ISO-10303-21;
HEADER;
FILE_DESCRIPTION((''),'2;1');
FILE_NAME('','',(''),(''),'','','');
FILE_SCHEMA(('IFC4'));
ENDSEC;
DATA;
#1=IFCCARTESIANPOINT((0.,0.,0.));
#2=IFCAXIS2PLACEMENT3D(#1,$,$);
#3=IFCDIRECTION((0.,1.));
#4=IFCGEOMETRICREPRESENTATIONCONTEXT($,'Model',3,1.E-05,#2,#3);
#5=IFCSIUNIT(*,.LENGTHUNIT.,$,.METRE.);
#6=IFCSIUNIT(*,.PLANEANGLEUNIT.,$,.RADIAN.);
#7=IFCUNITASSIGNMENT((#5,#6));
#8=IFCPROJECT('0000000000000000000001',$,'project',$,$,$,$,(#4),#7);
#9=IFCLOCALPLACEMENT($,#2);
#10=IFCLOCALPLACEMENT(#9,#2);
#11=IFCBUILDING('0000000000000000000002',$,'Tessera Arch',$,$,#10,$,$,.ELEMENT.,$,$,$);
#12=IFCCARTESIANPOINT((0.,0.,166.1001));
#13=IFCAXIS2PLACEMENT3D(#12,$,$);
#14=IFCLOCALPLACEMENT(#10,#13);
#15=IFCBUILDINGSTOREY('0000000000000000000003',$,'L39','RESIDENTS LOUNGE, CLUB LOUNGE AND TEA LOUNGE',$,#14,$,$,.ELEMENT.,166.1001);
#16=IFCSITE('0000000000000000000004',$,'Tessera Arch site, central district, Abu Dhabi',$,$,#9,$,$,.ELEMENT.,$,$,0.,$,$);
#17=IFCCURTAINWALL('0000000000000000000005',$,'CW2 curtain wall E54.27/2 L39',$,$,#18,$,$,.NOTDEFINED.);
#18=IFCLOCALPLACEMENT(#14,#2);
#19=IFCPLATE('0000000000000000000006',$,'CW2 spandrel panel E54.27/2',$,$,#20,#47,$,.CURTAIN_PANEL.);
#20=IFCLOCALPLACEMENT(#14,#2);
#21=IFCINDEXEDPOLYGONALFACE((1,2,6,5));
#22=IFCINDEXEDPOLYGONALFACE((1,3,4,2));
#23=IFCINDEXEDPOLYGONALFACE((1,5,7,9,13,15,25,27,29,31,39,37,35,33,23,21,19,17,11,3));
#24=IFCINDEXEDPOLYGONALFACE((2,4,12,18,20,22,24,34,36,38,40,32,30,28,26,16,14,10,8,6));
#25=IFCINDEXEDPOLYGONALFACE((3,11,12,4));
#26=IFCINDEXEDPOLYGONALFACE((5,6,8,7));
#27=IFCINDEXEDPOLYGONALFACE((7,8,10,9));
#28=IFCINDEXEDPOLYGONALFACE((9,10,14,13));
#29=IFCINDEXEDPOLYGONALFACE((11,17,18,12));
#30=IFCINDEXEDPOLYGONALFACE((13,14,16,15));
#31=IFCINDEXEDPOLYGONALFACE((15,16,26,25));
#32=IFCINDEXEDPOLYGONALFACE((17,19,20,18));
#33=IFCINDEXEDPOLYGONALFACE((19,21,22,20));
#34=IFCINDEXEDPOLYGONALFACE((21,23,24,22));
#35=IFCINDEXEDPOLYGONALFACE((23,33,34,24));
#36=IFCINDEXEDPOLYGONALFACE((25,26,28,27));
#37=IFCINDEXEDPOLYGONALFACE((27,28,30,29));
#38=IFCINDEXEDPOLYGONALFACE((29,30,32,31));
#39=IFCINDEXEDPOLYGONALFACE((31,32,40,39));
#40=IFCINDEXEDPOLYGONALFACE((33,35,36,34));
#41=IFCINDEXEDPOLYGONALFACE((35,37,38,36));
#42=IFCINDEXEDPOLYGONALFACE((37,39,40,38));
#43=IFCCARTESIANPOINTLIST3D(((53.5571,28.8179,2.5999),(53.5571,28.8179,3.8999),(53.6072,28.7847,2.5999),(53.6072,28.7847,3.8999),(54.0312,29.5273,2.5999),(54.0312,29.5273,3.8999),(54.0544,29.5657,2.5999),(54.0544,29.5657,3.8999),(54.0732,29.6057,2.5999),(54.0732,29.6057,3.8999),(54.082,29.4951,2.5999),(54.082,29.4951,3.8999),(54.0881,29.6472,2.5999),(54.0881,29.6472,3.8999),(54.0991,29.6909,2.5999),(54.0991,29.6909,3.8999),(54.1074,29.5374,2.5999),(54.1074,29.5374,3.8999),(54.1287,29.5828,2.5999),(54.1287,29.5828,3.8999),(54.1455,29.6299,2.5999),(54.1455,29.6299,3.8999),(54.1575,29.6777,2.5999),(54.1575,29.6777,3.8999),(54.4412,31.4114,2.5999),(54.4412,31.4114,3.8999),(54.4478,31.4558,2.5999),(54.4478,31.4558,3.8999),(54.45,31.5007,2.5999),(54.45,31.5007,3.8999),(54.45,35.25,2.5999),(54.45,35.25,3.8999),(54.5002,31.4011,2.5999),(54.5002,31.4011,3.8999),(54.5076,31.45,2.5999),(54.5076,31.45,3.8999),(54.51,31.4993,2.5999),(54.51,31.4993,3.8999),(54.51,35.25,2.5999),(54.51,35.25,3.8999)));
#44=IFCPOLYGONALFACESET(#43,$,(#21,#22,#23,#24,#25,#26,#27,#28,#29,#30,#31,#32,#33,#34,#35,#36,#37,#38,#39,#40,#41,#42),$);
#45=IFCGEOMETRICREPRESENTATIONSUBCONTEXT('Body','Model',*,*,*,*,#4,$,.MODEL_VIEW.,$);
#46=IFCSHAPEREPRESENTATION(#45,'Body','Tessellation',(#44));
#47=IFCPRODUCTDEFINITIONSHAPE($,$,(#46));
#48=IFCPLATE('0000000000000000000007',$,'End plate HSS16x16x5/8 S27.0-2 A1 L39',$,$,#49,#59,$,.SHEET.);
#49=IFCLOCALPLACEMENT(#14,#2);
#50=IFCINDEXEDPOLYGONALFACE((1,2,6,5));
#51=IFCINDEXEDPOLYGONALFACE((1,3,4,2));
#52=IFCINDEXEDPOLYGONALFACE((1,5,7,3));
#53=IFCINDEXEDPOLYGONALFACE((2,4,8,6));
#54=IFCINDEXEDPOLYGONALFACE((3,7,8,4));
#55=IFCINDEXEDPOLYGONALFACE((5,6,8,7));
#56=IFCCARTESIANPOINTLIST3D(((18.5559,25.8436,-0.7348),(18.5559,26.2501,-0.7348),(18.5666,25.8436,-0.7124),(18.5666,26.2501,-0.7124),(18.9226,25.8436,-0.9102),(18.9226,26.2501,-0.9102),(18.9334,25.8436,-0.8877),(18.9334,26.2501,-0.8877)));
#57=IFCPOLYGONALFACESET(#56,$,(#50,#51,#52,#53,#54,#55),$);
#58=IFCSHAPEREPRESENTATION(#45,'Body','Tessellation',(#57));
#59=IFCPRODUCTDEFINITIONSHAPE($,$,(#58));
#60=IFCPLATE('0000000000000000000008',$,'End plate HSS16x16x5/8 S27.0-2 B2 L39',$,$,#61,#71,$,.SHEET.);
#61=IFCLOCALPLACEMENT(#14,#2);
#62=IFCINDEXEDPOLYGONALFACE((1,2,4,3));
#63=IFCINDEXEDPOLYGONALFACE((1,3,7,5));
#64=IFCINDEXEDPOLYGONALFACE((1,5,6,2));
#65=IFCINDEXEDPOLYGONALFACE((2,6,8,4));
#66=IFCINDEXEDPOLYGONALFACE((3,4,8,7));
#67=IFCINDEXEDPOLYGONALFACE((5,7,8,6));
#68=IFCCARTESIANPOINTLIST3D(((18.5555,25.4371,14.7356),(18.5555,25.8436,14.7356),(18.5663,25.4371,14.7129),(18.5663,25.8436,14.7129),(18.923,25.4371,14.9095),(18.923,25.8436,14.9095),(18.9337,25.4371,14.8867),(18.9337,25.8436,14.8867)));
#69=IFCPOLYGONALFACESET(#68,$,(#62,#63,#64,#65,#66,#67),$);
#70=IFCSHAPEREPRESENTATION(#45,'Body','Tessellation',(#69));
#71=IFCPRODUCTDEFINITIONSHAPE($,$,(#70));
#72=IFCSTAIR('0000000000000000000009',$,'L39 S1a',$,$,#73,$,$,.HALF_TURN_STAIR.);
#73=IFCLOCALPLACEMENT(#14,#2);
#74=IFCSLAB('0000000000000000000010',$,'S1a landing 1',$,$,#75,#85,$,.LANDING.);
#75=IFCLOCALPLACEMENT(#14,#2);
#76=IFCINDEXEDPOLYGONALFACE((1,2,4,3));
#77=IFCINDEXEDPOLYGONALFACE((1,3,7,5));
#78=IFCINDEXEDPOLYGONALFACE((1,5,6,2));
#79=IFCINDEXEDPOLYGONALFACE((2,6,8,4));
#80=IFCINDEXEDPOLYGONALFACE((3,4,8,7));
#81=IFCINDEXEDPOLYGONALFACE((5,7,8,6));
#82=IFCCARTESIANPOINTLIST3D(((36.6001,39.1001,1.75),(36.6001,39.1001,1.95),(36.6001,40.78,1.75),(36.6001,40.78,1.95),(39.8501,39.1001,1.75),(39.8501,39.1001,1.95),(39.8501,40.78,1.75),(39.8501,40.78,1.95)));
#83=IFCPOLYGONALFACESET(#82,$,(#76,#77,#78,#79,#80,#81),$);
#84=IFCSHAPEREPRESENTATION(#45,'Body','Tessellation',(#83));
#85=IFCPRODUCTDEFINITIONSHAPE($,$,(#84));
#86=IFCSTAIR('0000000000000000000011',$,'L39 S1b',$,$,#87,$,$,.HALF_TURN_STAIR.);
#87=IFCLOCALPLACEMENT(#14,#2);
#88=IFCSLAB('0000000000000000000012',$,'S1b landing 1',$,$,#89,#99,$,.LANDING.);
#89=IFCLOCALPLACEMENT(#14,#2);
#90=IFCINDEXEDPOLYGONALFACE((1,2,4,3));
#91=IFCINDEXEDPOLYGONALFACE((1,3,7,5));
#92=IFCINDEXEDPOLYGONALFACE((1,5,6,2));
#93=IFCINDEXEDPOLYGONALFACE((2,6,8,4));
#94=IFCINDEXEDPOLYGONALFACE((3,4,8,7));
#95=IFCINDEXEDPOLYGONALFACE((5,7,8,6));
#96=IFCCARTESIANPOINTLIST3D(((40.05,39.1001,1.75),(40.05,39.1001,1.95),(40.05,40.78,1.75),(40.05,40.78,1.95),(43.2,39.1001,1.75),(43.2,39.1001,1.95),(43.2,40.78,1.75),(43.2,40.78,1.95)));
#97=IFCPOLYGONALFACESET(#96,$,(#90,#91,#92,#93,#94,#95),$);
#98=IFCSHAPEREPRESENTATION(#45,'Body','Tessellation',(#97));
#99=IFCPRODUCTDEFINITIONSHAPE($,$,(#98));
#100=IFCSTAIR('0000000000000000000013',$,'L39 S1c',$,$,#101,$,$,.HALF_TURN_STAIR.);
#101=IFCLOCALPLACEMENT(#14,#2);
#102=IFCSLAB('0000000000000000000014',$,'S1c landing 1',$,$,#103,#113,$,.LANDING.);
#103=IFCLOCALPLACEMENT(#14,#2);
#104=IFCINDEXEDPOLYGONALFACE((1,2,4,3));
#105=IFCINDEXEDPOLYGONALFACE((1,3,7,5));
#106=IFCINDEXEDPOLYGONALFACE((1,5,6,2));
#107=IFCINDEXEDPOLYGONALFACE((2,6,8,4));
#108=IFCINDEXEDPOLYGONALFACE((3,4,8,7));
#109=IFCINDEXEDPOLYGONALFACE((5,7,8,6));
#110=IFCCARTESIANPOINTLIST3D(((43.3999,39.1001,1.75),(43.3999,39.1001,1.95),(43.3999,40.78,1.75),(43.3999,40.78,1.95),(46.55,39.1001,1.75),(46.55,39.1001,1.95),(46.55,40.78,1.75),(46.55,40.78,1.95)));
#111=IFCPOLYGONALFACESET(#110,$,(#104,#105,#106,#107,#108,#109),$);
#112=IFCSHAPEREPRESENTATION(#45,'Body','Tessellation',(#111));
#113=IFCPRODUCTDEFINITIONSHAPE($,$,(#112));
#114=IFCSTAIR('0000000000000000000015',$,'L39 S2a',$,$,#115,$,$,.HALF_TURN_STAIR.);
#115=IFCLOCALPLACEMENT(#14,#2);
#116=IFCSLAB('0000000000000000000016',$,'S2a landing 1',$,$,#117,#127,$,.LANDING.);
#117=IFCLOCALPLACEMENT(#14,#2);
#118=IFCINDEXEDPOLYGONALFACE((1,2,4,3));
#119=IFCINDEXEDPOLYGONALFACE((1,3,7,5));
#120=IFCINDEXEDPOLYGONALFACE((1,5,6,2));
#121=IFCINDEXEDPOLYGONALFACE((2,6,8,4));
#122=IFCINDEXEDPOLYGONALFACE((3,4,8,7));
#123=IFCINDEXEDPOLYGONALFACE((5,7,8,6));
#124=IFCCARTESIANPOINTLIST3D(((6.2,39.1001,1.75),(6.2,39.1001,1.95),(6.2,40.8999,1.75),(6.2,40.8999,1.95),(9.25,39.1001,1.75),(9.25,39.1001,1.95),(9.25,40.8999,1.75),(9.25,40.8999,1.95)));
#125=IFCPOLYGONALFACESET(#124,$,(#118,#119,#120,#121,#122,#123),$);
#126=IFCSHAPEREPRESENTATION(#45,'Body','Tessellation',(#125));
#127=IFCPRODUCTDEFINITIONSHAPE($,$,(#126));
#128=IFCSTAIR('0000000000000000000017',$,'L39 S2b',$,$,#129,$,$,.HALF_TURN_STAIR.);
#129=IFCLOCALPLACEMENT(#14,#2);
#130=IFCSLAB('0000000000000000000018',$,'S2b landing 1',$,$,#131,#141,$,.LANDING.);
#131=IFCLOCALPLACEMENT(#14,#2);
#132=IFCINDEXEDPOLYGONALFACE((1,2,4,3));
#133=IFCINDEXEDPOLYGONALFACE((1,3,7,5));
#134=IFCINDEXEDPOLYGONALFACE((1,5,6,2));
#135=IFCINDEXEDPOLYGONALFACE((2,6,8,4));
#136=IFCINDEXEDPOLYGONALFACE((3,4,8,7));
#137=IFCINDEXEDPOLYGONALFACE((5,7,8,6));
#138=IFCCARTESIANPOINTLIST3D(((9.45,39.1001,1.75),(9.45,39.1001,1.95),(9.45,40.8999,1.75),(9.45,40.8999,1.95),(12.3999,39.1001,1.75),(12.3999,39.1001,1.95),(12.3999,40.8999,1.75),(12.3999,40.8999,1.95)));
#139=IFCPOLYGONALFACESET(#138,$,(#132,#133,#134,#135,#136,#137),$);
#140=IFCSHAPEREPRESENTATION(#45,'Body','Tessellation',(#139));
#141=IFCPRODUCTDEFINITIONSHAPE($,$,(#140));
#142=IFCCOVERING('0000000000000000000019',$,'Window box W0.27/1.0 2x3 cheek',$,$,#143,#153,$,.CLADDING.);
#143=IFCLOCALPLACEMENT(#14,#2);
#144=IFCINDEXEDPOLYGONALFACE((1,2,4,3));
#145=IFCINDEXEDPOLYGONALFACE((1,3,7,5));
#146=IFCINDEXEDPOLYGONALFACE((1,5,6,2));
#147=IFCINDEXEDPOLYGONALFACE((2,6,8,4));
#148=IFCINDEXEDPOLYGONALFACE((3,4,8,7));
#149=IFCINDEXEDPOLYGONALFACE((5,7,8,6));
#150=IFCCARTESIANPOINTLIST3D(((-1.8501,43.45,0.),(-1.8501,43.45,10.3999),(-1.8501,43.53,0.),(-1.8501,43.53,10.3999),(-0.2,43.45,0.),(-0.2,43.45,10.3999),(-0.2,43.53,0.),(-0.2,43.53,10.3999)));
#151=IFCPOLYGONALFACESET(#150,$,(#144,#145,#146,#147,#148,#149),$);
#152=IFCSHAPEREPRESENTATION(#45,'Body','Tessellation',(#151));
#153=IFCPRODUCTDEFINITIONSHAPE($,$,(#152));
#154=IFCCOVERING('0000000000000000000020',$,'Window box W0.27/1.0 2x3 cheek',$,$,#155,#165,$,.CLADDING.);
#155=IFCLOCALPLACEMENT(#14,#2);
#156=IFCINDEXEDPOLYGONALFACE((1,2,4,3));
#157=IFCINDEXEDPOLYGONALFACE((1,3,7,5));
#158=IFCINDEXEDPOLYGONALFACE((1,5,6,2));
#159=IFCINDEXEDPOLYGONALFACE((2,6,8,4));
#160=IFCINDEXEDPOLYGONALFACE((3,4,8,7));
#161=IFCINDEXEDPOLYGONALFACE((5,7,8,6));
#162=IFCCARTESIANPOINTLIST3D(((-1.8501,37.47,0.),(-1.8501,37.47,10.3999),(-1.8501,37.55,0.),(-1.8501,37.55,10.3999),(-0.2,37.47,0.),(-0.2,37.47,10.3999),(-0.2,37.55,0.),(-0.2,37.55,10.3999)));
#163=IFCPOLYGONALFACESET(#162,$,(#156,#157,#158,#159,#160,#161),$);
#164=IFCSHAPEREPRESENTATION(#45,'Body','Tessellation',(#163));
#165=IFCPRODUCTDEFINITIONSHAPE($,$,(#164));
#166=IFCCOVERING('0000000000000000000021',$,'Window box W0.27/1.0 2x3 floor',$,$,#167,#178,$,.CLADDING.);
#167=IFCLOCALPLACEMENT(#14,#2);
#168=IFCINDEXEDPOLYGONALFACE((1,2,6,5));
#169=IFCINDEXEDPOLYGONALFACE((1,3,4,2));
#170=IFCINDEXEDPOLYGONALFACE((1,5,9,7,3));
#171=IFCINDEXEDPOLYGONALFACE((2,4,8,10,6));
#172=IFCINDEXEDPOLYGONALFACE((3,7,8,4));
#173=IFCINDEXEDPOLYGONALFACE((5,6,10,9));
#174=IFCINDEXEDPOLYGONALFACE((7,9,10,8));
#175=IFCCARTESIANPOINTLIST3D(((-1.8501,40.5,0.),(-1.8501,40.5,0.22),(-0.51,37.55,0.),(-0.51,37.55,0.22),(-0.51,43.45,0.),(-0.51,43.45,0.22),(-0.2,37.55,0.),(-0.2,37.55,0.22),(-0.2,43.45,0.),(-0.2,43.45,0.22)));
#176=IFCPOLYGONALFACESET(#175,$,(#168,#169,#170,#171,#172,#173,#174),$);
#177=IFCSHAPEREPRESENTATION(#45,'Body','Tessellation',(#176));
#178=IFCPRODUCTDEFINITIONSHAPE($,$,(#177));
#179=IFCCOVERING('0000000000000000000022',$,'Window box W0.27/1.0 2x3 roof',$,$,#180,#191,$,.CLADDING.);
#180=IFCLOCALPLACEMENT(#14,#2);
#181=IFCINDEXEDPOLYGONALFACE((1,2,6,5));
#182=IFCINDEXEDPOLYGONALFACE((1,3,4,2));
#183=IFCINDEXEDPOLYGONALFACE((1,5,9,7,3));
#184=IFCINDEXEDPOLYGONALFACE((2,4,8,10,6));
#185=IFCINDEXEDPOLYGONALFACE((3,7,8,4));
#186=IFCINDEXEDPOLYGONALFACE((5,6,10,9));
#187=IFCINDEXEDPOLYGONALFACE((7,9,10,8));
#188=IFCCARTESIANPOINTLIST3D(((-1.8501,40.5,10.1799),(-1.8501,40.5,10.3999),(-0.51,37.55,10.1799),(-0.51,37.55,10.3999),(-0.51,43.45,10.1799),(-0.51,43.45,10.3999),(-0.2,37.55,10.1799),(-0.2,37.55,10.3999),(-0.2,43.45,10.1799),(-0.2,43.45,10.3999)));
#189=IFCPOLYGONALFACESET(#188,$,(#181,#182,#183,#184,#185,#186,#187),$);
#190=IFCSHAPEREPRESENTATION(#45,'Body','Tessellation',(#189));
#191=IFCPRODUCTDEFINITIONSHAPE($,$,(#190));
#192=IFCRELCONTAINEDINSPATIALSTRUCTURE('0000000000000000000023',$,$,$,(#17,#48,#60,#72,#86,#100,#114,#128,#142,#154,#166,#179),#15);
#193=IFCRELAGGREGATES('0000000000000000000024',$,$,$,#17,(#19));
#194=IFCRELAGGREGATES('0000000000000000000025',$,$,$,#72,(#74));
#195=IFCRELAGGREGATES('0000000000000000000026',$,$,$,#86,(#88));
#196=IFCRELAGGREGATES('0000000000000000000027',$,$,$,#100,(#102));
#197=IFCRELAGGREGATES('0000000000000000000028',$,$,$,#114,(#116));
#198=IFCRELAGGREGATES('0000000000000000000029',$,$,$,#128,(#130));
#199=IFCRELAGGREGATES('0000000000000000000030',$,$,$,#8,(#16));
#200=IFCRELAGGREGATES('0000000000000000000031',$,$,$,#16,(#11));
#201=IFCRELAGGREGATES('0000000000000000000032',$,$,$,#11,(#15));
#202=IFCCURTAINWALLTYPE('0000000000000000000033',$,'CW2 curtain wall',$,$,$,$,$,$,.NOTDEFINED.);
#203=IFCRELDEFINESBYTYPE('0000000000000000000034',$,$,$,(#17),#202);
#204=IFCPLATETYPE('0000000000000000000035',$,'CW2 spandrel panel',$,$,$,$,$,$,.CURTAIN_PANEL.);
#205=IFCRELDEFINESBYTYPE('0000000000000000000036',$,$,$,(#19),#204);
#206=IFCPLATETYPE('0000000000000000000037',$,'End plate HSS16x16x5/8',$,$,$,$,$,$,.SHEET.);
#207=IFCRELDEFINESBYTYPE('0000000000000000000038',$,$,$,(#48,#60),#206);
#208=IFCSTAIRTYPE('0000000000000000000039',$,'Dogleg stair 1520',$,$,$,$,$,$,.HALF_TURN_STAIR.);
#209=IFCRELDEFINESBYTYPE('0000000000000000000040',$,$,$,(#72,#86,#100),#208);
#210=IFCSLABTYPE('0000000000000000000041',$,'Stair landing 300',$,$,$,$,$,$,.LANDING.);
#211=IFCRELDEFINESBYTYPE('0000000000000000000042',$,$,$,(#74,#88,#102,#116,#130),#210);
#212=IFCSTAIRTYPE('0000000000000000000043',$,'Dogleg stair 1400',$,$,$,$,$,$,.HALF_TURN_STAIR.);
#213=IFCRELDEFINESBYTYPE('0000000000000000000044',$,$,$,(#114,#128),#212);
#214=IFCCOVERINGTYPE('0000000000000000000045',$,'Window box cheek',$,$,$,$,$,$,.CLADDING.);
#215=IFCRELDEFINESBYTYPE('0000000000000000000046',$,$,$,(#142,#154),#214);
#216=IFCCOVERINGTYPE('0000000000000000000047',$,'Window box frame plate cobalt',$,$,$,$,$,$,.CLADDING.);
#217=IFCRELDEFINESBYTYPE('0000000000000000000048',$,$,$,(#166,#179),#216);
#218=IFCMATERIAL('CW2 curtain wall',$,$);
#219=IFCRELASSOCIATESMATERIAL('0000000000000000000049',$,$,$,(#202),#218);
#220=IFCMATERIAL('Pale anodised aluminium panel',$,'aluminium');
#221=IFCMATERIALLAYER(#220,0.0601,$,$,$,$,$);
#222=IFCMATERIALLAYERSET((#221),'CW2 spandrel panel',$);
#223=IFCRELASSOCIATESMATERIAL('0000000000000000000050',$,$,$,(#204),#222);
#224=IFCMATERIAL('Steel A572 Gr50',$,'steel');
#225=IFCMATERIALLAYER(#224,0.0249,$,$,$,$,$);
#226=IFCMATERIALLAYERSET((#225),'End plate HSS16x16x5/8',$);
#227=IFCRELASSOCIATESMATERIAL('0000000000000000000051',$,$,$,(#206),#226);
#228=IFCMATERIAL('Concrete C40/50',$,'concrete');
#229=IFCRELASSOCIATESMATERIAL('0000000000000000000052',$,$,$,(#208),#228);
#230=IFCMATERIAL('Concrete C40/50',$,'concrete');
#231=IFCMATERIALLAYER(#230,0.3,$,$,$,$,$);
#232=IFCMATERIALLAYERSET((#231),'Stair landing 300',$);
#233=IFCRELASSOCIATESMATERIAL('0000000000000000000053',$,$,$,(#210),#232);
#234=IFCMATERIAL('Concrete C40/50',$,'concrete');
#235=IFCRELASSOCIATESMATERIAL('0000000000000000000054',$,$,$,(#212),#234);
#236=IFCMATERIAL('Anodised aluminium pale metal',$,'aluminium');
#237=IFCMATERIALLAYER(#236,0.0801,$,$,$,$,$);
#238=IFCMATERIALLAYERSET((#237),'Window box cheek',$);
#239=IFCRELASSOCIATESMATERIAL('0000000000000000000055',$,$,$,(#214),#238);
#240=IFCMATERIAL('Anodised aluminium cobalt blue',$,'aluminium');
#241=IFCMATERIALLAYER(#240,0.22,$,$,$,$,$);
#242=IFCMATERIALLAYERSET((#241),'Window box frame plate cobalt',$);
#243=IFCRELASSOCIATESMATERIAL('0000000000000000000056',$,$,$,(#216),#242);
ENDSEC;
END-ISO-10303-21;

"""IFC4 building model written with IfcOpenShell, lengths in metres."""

from ifc_helpers import new_model, si_unit, direction, frame, origin, origin_2d, place, context, subcontext, project, spatial, polyline, rectangle, outline, extrude, material, layer, layer_set, type_object, element, aggregate, save


model = new_model("IFC4")

# Units and contexts
model_context = context("Model", 3, precision=1e-05, world=origin(), true_north=direction((0.0, 1.0)))
body_context = subcontext(model_context, "Body", "Model", "MODEL_VIEW")
ifc_project = project(units=[si_unit("LENGTHUNIT", "METRE"), si_unit("PLANEANGLEUNIT", "RADIAN")], contexts=[model_context])

# Site, building, storey
site_placement = place(None, origin())
site = spatial("IfcSite", under=ifc_project, at=site_placement, Name="Tessera Arch site, central district, Abu Dhabi", CompositionType="ELEMENT", RefElevation=0.0)
building_placement = place(site_placement, origin())
building = spatial("IfcBuilding", under=site, at=building_placement, Name="Tessera Arch", CompositionType="ELEMENT")
storey_placement = place(building_placement, frame((0.0, 0.0, 166.1001)))
storey = spatial("IfcBuildingStorey", under=building, at=storey_placement, Name="L39", Description="RESIDENTS LOUNGE, CLUB LOUNGE AND TEA LOUNGE", CompositionType="ELEMENT", Elevation=166.1001)

# Curtain wall
ifc_material_1 = material(Name="CW2 curtain wall")
curtain_wall_type_1 = type_object("IfcCurtainWallType", Name="CW2 curtain wall", PredefinedType="NOTDEFINED", material=ifc_material_1)
curtain_wall_1_placement = place(storey_placement, origin())
curtain_wall_1 = element("IfcCurtainWall", 1, at=curtain_wall_1_placement, inside=storey, type_object=curtain_wall_type_1, Name="CW2 curtain wall E54.27/2 L39", PredefinedType="NOTDEFINED")

# Plate
ifc_material_2 = material(Name="Pale anodised aluminium panel", Category="aluminium")
ifc_layer_1 = layer(ifc_material_2, 0.0601)
ifc_layer_set_1 = layer_set([ifc_layer_1], Name="CW2 spandrel panel")
plate_type_1 = type_object("IfcPlateType", Name="CW2 spandrel panel", PredefinedType="CURTAIN_PANEL", material=ifc_layer_set_1)
plate_1_placement = place(storey_placement, frame((0.0, 0.0, 2.5999)))
plate_1 = element("IfcPlate", 2, at=plate_1_placement, type_object=plate_type_1, Name="CW2 spandrel panel E54.27/2", PredefinedType="CURTAIN_PANEL", context=body_context, shape_type="SweptSolid", body=[
    extrude(outline(polyline([(54.0312, 29.5273), (53.5571, 28.8179), (53.6072, 28.7847), (54.082, 29.4951), (54.1074, 29.5374), (54.1287, 29.5828), (54.1455, 29.6299), (54.1575, 29.6777), (54.5002, 31.4011), (54.5076, 31.45), (54.51, 31.4993), (54.51, 35.25), (54.45, 35.25), (54.45, 31.5007), (54.4478, 31.4558), (54.4412, 31.4114), (54.0991, 29.6909), (54.0881, 29.6472), (54.0732, 29.6057), (54.0544, 29.5657), (54.0312, 29.5273)])), origin(), (0.0, 0.0, 1.0), 1.3),
])
aggregate(curtain_wall_1, [plate_1])

# Plates
ifc_material_3 = material(Name="Steel A572 Gr50", Category="steel")
ifc_layer_2 = layer(ifc_material_3, 0.0249)
ifc_layer_set_2 = layer_set([ifc_layer_2], Name="End plate HSS16x16x5/8")
plate_type_2 = type_object("IfcPlateType", Name="End plate HSS16x16x5/8", PredefinedType="SHEET", material=ifc_layer_set_2)
plate_2_placement = place(storey_placement, frame((18.7393, 26.0469, -0.8225), z_axis=(0.431455, 0.0, 0.902134), x_axis=(0.0, 1.0, 0.0)))
element("IfcPlate", 3, at=plate_2_placement, inside=storey, type_object=plate_type_2, Name="End plate HSS16x16x5/8 S27.0-2 A1 L39", PredefinedType="SHEET", context=body_context, shape_type="SweptSolid", body=[
    extrude(rectangle(XDim=0.4065, YDim=0.4065, at=origin_2d()), origin(), (0.0, 0.0, 1.0), 0.0249),
])
plate_3_placement = place(storey_placement, frame((18.75, 25.6404, 14.7998), z_axis=(-0.427668, 0.0, 0.903936), x_axis=(0.0, -1.0, 0.0)))
element("IfcPlate", 4, at=plate_3_placement, inside=storey, type_object=plate_type_2, Name="End plate HSS16x16x5/8 S27.0-2 B2 L39", PredefinedType="SHEET", context=body_context, shape_type="SweptSolid", body=[
    extrude(rectangle(XDim=0.4065, YDim=0.4065, at=origin_2d()), origin(), (0.0, 0.0, 1.0), 0.0251),
])

# Stairs, slabs
ifc_material_4 = material(Name="Concrete C40/50", Category="concrete")
stair_type_1 = type_object("IfcStairType", Name="Dogleg stair 1520", PredefinedType="HALF_TURN_STAIR", material=ifc_material_4)
stair_1_placement = place(storey_placement, origin())
stair_1 = element("IfcStair", 5, at=stair_1_placement, inside=storey, type_object=stair_type_1, Name="L39 S1a", PredefinedType="HALF_TURN_STAIR")
ifc_material_5 = material(Name="Concrete C40/50", Category="concrete")
ifc_layer_3 = layer(ifc_material_5, 0.3)
ifc_layer_set_3 = layer_set([ifc_layer_3], Name="Stair landing 300")
slab_type_1 = type_object("IfcSlabType", Name="Stair landing 300", PredefinedType="LANDING", material=ifc_layer_set_3)
slab_1_placement = place(storey_placement, frame((0.0, 0.0, 1.75)))
slab_1 = element("IfcSlab", 6, at=slab_1_placement, type_object=slab_type_1, Name="S1a landing 1", PredefinedType="LANDING", context=body_context, shape_type="SweptSolid", body=[
    extrude(outline(polyline([(36.6001, 40.78), (36.6001, 39.1001), (39.8501, 39.1001), (39.8501, 40.78), (36.6001, 40.78)])), origin(), (0.0, 0.0, 1.0), 0.2),
])
aggregate(stair_1, [slab_1])
stair_2_placement = place(storey_placement, origin())
stair_2 = element("IfcStair", 7, at=stair_2_placement, inside=storey, type_object=stair_type_1, Name="L39 S1b", PredefinedType="HALF_TURN_STAIR")
slab_2_placement = place(storey_placement, frame((0.0, 0.0, 1.75)))
slab_2 = element("IfcSlab", 8, at=slab_2_placement, type_object=slab_type_1, Name="S1b landing 1", PredefinedType="LANDING", context=body_context, shape_type="SweptSolid", body=[
    extrude(outline(polyline([(40.05, 40.78), (40.05, 39.1001), (43.2, 39.1001), (43.2, 40.78), (40.05, 40.78)])), origin(), (0.0, 0.0, 1.0), 0.2),
])
aggregate(stair_2, [slab_2])
stair_3_placement = place(storey_placement, origin())
stair_3 = element("IfcStair", 9, at=stair_3_placement, inside=storey, type_object=stair_type_1, Name="L39 S1c", PredefinedType="HALF_TURN_STAIR")
slab_3_placement = place(storey_placement, frame((0.0, 0.0, 1.75)))
slab_3 = element("IfcSlab", 10, at=slab_3_placement, type_object=slab_type_1, Name="S1c landing 1", PredefinedType="LANDING", context=body_context, shape_type="SweptSolid", body=[
    extrude(outline(polyline([(43.3999, 40.78), (43.3999, 39.1001), (46.55, 39.1001), (46.55, 40.78), (43.3999, 40.78)])), origin(), (0.0, 0.0, 1.0), 0.2),
])
aggregate(stair_3, [slab_3])
ifc_material_6 = material(Name="Concrete C40/50", Category="concrete")
stair_type_2 = type_object("IfcStairType", Name="Dogleg stair 1400", PredefinedType="HALF_TURN_STAIR", material=ifc_material_6)
stair_4_placement = place(storey_placement, origin())
stair_4 = element("IfcStair", 11, at=stair_4_placement, inside=storey, type_object=stair_type_2, Name="L39 S2a", PredefinedType="HALF_TURN_STAIR")
slab_4_placement = place(storey_placement, frame((0.0, 0.0, 1.75)))
slab_4 = element("IfcSlab", 12, at=slab_4_placement, type_object=slab_type_1, Name="S2a landing 1", PredefinedType="LANDING", context=body_context, shape_type="SweptSolid", body=[
    extrude(outline(polyline([(6.2, 40.8999), (6.2, 39.1001), (9.25, 39.1001), (9.25, 40.8999), (6.2, 40.8999)])), origin(), (0.0, 0.0, 1.0), 0.2),
])
aggregate(stair_4, [slab_4])
stair_5_placement = place(storey_placement, origin())
stair_5 = element("IfcStair", 13, at=stair_5_placement, inside=storey, type_object=stair_type_2, Name="L39 S2b", PredefinedType="HALF_TURN_STAIR")
slab_5_placement = place(storey_placement, frame((0.0, 0.0, 1.75)))
slab_5 = element("IfcSlab", 14, at=slab_5_placement, type_object=slab_type_1, Name="S2b landing 1", PredefinedType="LANDING", context=body_context, shape_type="SweptSolid", body=[
    extrude(outline(polyline([(9.45, 40.8999), (9.45, 39.1001), (12.3999, 39.1001), (12.3999, 40.8999), (9.45, 40.8999)])), origin(), (0.0, 0.0, 1.0), 0.2),
])
aggregate(stair_5, [slab_5])

# Coverings
ifc_material_7 = material(Name="Anodised aluminium pale metal", Category="aluminium")
ifc_layer_4 = layer(ifc_material_7, 0.0801)
ifc_layer_set_4 = layer_set([ifc_layer_4], Name="Window box cheek")
covering_type_1 = type_object("IfcCoveringType", Name="Window box cheek", PredefinedType="CLADDING", material=ifc_layer_set_4)
covering_1_placement = place(storey_placement, origin())
element("IfcCovering", 15, at=covering_1_placement, inside=storey, type_object=covering_type_1, Name="Window box W0.27/1.0 2x3 cheek", PredefinedType="CLADDING", context=body_context, shape_type="SweptSolid", body=[
    extrude(outline(polyline([(-1.8501, 43.53), (-1.8501, 43.45), (-0.2, 43.45), (-0.2, 43.53), (-1.8501, 43.53)])), origin(), (0.0, 0.0, 1.0), 10.3999),
])
covering_2_placement = place(storey_placement, origin())
element("IfcCovering", 16, at=covering_2_placement, inside=storey, type_object=covering_type_1, Name="Window box W0.27/1.0 2x3 cheek", PredefinedType="CLADDING", context=body_context, shape_type="SweptSolid", body=[
    extrude(outline(polyline([(-1.8501, 37.55), (-1.8501, 37.47), (-0.2, 37.47), (-0.2, 37.55), (-1.8501, 37.55)])), origin(), (0.0, 0.0, 1.0), 10.3999),
])
ifc_material_8 = material(Name="Anodised aluminium cobalt blue", Category="aluminium")
ifc_layer_5 = layer(ifc_material_8, 0.22)
ifc_layer_set_5 = layer_set([ifc_layer_5], Name="Window box frame plate cobalt")
covering_type_2 = type_object("IfcCoveringType", Name="Window box frame plate cobalt", PredefinedType="CLADDING", material=ifc_layer_set_5)
for number, where, name in (
    (17, (0.0, 0.0, 0.0), "Window box W0.27/1.0 2x3 floor"),
    (18, (0.0, 0.0, 10.1799), "Window box W0.27/1.0 2x3 roof"),
):
    element("IfcCovering", number, at=place(storey_placement, frame(where)), inside=storey, type_object=covering_type_2, Name=name, PredefinedType="CLADDING", context=body_context, shape_type="SweptSolid", body=[
        extrude(outline(polyline([(-0.51, 43.45), (-1.8501, 40.5), (-0.51, 37.55), (-0.2, 37.55), (-0.2, 43.45), (-0.51, 43.45)])), origin(), (0.0, 0.0, 1.0), 0.22),
    ])

save(model, "model.ifc")
